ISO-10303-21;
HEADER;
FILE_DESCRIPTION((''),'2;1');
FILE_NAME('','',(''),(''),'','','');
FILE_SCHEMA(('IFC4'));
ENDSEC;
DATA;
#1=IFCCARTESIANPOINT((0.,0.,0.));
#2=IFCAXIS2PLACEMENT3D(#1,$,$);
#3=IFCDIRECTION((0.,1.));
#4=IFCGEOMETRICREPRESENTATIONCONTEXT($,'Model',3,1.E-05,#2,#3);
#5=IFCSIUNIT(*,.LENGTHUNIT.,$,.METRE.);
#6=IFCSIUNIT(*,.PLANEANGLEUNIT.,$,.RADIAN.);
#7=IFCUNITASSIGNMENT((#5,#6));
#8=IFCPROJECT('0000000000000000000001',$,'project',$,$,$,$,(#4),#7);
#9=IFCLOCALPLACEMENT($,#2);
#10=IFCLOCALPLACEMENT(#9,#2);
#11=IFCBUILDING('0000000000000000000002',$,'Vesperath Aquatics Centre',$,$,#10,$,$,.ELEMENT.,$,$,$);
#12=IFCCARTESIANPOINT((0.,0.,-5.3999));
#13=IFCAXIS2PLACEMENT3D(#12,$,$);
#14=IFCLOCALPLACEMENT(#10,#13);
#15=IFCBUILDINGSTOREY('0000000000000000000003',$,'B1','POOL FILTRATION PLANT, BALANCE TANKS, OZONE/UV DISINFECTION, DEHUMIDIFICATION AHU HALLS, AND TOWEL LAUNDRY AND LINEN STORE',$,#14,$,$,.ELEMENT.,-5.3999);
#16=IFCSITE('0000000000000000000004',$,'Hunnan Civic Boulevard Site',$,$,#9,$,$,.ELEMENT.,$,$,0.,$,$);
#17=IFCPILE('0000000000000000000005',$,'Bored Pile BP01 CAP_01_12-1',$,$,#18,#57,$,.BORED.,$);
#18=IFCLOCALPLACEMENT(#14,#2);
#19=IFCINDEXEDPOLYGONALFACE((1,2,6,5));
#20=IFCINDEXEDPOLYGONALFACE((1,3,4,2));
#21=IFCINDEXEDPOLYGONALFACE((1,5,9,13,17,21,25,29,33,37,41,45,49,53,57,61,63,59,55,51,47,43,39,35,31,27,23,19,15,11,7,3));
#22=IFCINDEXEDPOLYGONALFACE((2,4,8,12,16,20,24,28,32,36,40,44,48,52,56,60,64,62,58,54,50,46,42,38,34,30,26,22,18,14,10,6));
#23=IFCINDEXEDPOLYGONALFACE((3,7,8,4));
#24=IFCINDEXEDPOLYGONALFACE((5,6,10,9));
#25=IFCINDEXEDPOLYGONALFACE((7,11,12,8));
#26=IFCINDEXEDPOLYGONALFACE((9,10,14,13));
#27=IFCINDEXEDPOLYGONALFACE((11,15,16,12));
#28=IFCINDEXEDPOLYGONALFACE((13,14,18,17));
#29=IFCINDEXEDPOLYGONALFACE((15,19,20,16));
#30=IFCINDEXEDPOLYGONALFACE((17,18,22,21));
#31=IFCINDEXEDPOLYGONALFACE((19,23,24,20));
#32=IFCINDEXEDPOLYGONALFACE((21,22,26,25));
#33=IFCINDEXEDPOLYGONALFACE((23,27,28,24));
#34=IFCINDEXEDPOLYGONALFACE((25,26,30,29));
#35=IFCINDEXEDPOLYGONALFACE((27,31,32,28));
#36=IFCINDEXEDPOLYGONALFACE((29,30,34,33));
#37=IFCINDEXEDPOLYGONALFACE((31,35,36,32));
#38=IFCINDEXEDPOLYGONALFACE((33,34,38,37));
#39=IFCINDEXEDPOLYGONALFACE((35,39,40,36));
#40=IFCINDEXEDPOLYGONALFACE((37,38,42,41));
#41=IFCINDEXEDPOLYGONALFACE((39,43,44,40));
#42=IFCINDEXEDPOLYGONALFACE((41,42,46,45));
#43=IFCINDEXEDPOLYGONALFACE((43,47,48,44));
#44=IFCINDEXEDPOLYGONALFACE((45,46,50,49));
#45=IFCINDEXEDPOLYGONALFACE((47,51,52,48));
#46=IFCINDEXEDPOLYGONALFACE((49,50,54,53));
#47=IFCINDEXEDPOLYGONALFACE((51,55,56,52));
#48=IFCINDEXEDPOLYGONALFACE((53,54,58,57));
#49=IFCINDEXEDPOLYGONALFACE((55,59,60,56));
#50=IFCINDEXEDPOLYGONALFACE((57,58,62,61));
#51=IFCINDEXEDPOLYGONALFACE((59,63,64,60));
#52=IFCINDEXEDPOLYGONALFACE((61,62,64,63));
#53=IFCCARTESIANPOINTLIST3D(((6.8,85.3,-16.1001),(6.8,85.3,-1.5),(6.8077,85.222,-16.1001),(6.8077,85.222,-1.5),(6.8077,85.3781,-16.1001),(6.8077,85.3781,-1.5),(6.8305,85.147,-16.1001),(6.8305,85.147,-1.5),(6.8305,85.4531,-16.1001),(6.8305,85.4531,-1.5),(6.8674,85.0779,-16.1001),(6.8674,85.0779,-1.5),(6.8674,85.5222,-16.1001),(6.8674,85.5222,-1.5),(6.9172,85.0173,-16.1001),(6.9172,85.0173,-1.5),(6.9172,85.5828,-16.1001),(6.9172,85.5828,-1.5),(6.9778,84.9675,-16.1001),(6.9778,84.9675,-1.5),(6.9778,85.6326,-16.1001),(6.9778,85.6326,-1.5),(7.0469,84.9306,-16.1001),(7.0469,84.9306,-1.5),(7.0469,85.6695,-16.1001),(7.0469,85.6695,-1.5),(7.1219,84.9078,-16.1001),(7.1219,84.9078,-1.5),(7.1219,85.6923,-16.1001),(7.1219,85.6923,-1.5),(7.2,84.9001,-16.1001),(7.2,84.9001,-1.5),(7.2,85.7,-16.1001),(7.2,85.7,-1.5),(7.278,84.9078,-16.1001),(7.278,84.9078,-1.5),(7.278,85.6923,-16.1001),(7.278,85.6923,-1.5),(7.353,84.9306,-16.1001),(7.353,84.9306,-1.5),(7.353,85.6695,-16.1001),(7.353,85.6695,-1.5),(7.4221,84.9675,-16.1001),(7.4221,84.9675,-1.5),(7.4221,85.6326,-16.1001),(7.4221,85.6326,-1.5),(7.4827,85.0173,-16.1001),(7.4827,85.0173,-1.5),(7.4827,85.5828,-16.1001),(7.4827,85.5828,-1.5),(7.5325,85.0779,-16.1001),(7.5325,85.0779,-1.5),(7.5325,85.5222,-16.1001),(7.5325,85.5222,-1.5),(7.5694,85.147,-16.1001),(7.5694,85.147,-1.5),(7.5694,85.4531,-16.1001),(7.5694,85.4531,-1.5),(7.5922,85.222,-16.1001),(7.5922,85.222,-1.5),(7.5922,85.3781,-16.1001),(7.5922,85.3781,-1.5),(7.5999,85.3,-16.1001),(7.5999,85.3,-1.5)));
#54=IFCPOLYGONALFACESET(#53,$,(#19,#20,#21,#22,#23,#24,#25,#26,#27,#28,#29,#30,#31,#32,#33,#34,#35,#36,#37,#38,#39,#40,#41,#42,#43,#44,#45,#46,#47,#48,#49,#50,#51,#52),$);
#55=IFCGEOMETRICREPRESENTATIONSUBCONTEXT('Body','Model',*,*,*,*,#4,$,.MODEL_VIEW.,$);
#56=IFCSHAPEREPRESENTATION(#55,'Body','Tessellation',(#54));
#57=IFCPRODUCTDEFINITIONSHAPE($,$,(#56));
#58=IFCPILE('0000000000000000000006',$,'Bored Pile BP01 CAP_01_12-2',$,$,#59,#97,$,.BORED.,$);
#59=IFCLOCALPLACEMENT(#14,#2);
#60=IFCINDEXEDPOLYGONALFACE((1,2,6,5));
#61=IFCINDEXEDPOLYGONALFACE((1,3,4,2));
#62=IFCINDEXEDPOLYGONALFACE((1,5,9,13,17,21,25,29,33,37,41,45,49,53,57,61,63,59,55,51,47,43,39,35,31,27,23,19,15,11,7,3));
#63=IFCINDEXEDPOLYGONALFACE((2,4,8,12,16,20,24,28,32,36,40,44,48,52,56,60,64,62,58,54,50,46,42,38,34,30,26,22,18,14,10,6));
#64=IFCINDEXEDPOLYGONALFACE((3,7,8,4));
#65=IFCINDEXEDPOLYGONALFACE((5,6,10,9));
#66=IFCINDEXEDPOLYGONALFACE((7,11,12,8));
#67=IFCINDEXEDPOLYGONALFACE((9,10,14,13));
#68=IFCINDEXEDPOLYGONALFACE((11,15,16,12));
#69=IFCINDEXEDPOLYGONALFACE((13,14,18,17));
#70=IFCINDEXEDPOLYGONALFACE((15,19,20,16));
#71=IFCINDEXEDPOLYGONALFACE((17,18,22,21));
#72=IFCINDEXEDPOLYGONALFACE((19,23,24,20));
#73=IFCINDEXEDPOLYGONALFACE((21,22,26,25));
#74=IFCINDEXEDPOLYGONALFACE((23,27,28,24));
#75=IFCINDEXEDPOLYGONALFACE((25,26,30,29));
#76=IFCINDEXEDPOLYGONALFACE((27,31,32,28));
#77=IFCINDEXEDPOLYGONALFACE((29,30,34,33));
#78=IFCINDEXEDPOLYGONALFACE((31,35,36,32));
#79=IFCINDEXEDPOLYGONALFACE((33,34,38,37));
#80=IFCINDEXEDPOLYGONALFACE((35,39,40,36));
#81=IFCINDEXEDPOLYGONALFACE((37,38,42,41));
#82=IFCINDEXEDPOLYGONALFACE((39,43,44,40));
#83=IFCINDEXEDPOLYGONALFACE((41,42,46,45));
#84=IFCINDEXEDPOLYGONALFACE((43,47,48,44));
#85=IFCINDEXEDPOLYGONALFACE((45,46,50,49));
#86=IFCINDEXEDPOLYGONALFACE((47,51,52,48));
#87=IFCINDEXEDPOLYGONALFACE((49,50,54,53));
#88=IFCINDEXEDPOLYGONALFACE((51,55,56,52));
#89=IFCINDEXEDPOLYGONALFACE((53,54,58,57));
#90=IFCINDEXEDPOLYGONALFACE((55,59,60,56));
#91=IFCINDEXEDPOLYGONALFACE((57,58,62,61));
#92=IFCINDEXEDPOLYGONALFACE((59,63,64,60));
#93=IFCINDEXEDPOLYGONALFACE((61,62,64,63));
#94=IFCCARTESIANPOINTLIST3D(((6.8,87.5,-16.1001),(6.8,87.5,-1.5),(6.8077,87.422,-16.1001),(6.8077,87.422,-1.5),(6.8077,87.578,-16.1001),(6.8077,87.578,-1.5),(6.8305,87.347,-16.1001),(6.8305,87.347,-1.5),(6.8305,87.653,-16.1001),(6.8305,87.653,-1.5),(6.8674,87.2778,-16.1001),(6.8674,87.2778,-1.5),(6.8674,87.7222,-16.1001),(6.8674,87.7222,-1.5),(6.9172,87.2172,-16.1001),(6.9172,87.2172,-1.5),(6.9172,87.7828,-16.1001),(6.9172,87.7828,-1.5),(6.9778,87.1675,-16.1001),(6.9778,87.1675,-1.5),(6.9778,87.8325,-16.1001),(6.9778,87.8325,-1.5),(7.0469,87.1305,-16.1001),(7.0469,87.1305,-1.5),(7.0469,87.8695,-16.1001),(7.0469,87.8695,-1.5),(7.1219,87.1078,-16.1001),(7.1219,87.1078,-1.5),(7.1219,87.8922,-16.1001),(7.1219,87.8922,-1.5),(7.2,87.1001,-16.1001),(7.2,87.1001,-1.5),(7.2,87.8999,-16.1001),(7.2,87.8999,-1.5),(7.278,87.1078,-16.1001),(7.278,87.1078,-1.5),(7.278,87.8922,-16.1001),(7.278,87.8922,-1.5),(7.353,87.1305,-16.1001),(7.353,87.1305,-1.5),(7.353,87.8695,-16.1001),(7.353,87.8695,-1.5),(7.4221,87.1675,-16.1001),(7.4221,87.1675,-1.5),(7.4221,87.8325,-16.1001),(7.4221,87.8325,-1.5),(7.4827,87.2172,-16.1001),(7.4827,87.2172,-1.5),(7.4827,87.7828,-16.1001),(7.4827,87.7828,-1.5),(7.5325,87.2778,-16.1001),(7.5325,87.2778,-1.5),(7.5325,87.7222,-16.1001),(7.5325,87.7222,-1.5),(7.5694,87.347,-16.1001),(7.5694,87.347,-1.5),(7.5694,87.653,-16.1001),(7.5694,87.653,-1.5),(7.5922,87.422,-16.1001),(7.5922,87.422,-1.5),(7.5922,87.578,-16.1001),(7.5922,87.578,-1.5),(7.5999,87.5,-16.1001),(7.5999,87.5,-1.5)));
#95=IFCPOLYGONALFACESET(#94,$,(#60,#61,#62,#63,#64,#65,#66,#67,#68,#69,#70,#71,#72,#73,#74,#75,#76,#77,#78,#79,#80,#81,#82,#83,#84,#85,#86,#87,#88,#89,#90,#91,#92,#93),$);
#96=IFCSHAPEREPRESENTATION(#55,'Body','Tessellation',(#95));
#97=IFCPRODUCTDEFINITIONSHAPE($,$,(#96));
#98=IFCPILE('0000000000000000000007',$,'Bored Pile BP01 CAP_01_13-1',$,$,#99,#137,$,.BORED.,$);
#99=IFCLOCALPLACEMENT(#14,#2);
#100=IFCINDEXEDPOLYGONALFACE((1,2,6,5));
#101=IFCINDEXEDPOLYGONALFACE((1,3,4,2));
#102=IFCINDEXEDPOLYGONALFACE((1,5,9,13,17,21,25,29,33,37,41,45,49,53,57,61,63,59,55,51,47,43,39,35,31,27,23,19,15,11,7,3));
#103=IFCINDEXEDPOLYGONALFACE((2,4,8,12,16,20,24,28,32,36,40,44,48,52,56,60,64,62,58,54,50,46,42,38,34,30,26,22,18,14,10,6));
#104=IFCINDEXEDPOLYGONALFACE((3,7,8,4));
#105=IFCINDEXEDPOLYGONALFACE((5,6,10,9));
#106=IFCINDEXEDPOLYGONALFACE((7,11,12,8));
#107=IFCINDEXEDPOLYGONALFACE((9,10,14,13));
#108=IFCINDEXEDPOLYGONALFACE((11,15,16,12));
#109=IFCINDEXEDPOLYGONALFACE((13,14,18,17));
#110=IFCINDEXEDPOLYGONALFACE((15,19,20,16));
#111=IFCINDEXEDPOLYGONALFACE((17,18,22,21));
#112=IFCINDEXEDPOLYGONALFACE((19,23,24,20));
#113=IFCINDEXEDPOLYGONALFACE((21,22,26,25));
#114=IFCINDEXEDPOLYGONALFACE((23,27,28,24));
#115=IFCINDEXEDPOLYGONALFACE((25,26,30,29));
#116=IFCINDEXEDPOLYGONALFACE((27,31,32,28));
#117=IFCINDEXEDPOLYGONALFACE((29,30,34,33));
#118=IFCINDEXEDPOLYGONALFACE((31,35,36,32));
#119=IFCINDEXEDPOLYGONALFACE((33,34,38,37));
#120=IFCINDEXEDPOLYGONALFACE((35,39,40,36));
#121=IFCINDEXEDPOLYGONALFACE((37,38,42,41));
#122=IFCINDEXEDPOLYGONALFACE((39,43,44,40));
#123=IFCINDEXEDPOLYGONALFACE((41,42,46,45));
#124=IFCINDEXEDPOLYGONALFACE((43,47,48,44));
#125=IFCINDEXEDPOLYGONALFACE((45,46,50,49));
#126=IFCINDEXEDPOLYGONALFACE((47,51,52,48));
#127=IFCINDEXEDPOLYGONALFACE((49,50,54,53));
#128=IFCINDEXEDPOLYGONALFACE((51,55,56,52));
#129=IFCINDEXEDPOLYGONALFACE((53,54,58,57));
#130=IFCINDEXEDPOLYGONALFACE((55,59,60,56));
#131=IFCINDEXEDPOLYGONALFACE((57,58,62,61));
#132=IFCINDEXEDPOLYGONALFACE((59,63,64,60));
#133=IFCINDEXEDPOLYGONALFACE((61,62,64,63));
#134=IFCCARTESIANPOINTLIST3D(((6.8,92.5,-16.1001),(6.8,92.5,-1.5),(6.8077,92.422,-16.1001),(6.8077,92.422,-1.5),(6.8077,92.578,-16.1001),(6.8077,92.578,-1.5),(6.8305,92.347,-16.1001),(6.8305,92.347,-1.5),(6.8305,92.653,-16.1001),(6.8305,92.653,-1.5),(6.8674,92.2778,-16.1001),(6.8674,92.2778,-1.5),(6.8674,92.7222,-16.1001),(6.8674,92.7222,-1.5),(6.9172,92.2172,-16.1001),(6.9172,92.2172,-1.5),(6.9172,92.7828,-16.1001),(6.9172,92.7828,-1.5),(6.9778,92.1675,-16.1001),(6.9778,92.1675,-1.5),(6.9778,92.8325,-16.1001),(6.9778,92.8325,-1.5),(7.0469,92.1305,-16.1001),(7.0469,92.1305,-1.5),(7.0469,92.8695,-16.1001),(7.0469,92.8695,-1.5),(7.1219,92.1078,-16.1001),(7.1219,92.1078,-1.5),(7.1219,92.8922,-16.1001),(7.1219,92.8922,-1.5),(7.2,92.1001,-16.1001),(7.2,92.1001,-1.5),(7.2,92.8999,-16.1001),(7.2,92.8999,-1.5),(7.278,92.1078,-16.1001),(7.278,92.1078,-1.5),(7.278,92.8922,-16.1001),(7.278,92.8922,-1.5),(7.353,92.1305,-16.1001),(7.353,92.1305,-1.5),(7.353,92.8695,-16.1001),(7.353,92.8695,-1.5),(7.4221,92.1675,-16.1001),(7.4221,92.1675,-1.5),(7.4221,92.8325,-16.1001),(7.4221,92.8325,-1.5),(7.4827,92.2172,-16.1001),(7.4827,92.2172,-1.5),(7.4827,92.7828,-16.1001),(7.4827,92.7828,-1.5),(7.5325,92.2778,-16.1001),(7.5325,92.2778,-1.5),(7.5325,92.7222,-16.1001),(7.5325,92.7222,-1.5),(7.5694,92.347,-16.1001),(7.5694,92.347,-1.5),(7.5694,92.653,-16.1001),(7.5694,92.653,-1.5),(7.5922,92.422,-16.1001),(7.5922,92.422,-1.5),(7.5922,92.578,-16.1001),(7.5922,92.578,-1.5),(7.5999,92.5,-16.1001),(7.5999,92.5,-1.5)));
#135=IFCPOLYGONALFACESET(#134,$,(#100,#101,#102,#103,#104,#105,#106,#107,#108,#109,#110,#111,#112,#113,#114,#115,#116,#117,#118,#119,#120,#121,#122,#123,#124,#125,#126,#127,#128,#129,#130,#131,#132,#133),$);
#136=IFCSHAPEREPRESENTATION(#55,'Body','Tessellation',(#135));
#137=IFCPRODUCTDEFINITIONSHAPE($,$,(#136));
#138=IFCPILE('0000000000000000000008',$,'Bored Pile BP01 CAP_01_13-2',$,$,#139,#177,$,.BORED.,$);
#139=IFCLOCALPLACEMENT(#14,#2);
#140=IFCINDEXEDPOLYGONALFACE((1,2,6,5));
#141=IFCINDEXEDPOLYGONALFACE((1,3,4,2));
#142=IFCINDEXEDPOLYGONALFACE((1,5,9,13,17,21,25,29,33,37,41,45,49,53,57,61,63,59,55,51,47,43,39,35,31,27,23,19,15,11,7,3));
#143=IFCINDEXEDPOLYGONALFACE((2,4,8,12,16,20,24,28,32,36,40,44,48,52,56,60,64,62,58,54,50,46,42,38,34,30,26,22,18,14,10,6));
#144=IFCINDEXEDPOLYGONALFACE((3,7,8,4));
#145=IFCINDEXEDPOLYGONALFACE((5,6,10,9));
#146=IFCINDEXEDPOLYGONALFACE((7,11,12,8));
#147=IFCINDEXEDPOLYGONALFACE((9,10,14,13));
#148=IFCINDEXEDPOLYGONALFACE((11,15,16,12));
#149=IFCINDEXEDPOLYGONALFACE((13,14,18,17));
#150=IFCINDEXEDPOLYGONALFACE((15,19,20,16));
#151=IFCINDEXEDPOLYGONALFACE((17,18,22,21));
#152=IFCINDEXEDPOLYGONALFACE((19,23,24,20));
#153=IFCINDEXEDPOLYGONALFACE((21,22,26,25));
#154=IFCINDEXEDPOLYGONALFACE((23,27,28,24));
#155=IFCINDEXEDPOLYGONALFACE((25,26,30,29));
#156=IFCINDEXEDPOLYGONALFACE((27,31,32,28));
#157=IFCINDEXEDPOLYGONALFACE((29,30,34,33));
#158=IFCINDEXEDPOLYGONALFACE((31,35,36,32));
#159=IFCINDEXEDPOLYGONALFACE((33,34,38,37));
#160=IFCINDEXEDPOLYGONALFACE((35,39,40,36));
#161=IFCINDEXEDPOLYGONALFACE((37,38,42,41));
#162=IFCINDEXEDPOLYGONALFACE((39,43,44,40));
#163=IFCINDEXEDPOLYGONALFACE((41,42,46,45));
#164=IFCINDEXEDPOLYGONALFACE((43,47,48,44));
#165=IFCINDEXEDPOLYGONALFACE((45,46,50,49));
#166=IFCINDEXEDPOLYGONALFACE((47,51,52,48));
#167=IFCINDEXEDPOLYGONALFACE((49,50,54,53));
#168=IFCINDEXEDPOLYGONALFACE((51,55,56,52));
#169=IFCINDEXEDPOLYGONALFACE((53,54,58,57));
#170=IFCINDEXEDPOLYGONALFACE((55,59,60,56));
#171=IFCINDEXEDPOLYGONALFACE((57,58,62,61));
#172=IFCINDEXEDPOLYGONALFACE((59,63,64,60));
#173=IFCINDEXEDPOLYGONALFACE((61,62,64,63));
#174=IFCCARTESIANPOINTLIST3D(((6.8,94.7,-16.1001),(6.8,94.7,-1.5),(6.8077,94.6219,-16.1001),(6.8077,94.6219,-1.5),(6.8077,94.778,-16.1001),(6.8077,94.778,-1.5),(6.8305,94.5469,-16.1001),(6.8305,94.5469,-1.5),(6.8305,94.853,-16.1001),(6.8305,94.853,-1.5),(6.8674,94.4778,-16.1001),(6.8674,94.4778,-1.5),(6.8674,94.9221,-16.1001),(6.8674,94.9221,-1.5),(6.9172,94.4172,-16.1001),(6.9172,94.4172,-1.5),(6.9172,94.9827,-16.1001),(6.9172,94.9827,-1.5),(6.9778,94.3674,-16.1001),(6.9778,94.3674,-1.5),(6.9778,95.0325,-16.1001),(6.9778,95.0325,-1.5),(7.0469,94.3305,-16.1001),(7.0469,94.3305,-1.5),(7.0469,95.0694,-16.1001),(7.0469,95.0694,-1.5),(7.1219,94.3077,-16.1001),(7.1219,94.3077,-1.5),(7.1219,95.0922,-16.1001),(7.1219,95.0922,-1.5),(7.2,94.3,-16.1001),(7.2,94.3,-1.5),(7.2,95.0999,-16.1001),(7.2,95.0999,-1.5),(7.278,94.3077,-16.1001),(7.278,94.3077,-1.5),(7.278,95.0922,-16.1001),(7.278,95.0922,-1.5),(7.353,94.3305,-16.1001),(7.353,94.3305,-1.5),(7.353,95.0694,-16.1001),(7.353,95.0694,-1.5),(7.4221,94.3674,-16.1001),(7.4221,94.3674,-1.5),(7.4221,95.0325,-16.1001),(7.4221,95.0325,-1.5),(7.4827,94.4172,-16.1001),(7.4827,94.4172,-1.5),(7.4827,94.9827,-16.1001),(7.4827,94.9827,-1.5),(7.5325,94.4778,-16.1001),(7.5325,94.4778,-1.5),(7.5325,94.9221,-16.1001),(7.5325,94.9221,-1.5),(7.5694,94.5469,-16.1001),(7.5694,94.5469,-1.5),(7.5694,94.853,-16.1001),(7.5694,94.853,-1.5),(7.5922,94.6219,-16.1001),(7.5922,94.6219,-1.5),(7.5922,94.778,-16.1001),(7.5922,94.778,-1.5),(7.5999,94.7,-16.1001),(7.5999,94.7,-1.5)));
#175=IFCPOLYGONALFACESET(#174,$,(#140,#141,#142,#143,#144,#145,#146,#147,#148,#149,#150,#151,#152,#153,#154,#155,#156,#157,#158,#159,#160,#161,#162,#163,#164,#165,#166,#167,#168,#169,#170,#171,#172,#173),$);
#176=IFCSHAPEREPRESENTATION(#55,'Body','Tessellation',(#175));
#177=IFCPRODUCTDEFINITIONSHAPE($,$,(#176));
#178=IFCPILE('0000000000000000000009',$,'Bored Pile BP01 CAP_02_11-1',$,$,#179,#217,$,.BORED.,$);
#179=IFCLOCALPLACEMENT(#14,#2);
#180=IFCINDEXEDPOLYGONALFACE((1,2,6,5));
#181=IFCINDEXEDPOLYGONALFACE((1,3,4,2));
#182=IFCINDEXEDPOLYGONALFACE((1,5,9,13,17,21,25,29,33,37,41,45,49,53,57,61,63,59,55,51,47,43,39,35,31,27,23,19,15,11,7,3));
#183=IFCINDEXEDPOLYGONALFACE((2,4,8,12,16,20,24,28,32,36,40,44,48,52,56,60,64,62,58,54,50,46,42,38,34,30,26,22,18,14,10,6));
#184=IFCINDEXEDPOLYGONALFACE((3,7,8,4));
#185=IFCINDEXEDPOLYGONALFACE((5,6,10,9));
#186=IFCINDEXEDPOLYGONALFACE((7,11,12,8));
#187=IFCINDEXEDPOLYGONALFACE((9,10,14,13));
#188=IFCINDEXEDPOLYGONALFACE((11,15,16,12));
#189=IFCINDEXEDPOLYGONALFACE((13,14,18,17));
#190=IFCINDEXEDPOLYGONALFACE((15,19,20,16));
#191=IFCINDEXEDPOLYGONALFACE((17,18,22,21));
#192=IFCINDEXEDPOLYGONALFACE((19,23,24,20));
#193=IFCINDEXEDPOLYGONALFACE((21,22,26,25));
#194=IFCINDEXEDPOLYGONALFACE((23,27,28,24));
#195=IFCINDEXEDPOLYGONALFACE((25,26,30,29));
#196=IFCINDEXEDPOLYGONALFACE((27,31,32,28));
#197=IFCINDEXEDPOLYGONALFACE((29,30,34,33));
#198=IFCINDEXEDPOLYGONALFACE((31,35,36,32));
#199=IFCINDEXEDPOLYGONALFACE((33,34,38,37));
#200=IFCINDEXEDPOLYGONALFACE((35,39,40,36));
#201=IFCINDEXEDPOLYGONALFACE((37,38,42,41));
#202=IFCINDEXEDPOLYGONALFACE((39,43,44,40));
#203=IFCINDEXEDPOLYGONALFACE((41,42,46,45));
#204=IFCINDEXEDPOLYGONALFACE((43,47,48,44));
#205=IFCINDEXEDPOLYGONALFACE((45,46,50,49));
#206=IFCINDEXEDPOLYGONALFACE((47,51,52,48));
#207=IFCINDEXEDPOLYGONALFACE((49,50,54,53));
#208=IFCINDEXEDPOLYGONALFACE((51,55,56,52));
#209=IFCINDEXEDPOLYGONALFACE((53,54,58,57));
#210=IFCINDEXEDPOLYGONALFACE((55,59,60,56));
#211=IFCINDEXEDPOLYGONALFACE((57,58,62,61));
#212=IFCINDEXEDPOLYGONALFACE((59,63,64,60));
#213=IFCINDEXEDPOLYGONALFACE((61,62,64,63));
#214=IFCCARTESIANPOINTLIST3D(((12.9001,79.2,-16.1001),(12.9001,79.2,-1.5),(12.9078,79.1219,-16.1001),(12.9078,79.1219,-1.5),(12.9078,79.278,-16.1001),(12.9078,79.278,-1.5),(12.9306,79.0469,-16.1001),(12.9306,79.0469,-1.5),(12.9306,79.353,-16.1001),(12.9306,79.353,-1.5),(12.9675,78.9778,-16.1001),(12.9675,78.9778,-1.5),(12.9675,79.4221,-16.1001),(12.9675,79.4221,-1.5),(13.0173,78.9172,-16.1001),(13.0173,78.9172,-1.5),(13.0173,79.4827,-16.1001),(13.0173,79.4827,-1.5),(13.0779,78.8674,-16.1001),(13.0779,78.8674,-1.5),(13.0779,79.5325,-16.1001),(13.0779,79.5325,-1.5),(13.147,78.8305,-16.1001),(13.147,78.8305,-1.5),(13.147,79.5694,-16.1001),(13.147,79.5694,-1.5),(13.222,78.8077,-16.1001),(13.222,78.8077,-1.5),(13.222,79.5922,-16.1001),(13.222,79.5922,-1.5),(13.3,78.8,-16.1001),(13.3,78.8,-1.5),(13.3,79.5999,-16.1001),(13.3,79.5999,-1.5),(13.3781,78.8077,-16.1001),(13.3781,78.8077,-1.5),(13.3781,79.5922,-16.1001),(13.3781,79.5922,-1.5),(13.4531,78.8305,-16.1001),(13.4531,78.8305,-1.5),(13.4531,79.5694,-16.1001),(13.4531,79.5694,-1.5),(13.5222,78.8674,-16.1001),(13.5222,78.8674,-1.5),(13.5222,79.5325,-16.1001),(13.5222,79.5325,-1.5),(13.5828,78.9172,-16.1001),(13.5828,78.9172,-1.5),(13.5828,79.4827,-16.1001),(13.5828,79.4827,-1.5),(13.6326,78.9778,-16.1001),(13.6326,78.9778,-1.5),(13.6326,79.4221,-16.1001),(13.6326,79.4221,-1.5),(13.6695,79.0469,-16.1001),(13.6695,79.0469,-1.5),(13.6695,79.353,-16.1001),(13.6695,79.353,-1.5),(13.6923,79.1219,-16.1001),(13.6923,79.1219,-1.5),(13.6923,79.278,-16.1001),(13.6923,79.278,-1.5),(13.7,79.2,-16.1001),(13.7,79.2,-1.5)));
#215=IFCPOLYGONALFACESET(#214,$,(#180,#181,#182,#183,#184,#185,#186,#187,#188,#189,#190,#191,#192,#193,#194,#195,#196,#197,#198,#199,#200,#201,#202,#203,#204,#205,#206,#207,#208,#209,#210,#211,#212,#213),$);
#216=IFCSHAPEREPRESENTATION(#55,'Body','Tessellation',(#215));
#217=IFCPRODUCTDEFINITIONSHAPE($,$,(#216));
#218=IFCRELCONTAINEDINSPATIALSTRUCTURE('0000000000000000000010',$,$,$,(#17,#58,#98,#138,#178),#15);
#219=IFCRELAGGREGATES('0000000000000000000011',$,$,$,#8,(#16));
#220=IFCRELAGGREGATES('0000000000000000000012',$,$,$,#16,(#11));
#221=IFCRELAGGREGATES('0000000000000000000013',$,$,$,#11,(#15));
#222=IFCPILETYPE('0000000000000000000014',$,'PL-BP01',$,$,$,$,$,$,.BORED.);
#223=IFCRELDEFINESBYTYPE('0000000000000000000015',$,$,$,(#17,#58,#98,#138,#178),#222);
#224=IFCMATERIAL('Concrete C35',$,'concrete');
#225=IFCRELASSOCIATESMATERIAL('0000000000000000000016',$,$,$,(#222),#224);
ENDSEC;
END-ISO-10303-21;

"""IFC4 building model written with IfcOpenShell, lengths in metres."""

from ifc_helpers import new_model, si_unit, direction, frame, origin, origin_2d, place, context, subcontext, project, spatial, circle, extrude, material, material_profile, profile_set, type_object, element, save


model = new_model("IFC4")

# Units and contexts
model_context = context("Model", 3, precision=1e-05, world=origin(), true_north=direction((0.0, 1.0)))
body_context = subcontext(model_context, "Body", "Model", "MODEL_VIEW")
ifc_project = project(units=[si_unit("LENGTHUNIT", "METRE"), si_unit("PLANEANGLEUNIT", "RADIAN")], contexts=[model_context])

# Site, building, storey
site_placement = place(None, origin())
site = spatial("IfcSite", under=ifc_project, at=site_placement, Name="Hunnan Civic Boulevard Site", CompositionType="ELEMENT", RefElevation=0.0)
building_placement = place(site_placement, origin())
building = spatial("IfcBuilding", under=site, at=building_placement, Name="Vesperath Aquatics Centre", CompositionType="ELEMENT")
storey_placement = place(building_placement, frame((0.0, 0.0, -5.3999)))
storey = spatial("IfcBuildingStorey", under=building, at=storey_placement, Name="B1", Description="POOL FILTRATION PLANT, BALANCE TANKS, OZONE/UV DISINFECTION, DEHUMIDIFICATION AHU HALLS, AND TOWEL LAUNDRY AND LINEN STORE", CompositionType="ELEMENT", Elevation=-5.3999)

# Piles
ifc_material_1 = material(Name="Concrete C35", Category="concrete")
ifc_material_profile_1 = material_profile(ifc_material_1, circle(Radius=0.3999, at=origin_2d()), Name="PILE D800")
ifc_profile_set_1 = profile_set([ifc_material_profile_1], Name="Concrete C35")
pile_type_1 = type_object("IfcPileType", Name="PL-BP01", PredefinedType="BORED", material=ifc_profile_set_1)
for number, where, z_axis, x_axis, name in (
    (1, (7.2, 85.3, -1.5), (0.0, 0.0, -1.0), (1.0, 0.0, 0.0), "Bored Pile BP01 CAP_01_12-1"),
    (2, (7.2, 87.5, -1.5), (0.0, 0.0, -1.0), (1.0, 0.0, 0.0), "Bored Pile BP01 CAP_01_12-2"),
    (3, (7.2, 92.5, -1.5), (0.0, 0.0, -1.0), (1.0, 0.0, 0.0), "Bored Pile BP01 CAP_01_13-1"),
    (4, (7.2, 94.7, -1.5), (0.0, 0.0, -1.0), (1.0, 0.0, 0.0), "Bored Pile BP01 CAP_01_13-2"),
    (5, (13.3, 79.2, -1.5), (0.0, 0.0, -1.0), (1.0, 0.0, 0.0), "Bored Pile BP01 CAP_02_11-1"),
):
    element("IfcPile", number, at=place(storey_placement, frame(where, z_axis=z_axis, x_axis=x_axis)), inside=storey, type_object=pile_type_1, Name=name, PredefinedType="BORED", context=body_context, shape_type="SweptSolid", body=[
        extrude(circle(Radius=0.3999, at=origin_2d()), origin(), (0.0, 0.0, 1.0), 14.6001),
    ])

save(model, "model.ifc")
